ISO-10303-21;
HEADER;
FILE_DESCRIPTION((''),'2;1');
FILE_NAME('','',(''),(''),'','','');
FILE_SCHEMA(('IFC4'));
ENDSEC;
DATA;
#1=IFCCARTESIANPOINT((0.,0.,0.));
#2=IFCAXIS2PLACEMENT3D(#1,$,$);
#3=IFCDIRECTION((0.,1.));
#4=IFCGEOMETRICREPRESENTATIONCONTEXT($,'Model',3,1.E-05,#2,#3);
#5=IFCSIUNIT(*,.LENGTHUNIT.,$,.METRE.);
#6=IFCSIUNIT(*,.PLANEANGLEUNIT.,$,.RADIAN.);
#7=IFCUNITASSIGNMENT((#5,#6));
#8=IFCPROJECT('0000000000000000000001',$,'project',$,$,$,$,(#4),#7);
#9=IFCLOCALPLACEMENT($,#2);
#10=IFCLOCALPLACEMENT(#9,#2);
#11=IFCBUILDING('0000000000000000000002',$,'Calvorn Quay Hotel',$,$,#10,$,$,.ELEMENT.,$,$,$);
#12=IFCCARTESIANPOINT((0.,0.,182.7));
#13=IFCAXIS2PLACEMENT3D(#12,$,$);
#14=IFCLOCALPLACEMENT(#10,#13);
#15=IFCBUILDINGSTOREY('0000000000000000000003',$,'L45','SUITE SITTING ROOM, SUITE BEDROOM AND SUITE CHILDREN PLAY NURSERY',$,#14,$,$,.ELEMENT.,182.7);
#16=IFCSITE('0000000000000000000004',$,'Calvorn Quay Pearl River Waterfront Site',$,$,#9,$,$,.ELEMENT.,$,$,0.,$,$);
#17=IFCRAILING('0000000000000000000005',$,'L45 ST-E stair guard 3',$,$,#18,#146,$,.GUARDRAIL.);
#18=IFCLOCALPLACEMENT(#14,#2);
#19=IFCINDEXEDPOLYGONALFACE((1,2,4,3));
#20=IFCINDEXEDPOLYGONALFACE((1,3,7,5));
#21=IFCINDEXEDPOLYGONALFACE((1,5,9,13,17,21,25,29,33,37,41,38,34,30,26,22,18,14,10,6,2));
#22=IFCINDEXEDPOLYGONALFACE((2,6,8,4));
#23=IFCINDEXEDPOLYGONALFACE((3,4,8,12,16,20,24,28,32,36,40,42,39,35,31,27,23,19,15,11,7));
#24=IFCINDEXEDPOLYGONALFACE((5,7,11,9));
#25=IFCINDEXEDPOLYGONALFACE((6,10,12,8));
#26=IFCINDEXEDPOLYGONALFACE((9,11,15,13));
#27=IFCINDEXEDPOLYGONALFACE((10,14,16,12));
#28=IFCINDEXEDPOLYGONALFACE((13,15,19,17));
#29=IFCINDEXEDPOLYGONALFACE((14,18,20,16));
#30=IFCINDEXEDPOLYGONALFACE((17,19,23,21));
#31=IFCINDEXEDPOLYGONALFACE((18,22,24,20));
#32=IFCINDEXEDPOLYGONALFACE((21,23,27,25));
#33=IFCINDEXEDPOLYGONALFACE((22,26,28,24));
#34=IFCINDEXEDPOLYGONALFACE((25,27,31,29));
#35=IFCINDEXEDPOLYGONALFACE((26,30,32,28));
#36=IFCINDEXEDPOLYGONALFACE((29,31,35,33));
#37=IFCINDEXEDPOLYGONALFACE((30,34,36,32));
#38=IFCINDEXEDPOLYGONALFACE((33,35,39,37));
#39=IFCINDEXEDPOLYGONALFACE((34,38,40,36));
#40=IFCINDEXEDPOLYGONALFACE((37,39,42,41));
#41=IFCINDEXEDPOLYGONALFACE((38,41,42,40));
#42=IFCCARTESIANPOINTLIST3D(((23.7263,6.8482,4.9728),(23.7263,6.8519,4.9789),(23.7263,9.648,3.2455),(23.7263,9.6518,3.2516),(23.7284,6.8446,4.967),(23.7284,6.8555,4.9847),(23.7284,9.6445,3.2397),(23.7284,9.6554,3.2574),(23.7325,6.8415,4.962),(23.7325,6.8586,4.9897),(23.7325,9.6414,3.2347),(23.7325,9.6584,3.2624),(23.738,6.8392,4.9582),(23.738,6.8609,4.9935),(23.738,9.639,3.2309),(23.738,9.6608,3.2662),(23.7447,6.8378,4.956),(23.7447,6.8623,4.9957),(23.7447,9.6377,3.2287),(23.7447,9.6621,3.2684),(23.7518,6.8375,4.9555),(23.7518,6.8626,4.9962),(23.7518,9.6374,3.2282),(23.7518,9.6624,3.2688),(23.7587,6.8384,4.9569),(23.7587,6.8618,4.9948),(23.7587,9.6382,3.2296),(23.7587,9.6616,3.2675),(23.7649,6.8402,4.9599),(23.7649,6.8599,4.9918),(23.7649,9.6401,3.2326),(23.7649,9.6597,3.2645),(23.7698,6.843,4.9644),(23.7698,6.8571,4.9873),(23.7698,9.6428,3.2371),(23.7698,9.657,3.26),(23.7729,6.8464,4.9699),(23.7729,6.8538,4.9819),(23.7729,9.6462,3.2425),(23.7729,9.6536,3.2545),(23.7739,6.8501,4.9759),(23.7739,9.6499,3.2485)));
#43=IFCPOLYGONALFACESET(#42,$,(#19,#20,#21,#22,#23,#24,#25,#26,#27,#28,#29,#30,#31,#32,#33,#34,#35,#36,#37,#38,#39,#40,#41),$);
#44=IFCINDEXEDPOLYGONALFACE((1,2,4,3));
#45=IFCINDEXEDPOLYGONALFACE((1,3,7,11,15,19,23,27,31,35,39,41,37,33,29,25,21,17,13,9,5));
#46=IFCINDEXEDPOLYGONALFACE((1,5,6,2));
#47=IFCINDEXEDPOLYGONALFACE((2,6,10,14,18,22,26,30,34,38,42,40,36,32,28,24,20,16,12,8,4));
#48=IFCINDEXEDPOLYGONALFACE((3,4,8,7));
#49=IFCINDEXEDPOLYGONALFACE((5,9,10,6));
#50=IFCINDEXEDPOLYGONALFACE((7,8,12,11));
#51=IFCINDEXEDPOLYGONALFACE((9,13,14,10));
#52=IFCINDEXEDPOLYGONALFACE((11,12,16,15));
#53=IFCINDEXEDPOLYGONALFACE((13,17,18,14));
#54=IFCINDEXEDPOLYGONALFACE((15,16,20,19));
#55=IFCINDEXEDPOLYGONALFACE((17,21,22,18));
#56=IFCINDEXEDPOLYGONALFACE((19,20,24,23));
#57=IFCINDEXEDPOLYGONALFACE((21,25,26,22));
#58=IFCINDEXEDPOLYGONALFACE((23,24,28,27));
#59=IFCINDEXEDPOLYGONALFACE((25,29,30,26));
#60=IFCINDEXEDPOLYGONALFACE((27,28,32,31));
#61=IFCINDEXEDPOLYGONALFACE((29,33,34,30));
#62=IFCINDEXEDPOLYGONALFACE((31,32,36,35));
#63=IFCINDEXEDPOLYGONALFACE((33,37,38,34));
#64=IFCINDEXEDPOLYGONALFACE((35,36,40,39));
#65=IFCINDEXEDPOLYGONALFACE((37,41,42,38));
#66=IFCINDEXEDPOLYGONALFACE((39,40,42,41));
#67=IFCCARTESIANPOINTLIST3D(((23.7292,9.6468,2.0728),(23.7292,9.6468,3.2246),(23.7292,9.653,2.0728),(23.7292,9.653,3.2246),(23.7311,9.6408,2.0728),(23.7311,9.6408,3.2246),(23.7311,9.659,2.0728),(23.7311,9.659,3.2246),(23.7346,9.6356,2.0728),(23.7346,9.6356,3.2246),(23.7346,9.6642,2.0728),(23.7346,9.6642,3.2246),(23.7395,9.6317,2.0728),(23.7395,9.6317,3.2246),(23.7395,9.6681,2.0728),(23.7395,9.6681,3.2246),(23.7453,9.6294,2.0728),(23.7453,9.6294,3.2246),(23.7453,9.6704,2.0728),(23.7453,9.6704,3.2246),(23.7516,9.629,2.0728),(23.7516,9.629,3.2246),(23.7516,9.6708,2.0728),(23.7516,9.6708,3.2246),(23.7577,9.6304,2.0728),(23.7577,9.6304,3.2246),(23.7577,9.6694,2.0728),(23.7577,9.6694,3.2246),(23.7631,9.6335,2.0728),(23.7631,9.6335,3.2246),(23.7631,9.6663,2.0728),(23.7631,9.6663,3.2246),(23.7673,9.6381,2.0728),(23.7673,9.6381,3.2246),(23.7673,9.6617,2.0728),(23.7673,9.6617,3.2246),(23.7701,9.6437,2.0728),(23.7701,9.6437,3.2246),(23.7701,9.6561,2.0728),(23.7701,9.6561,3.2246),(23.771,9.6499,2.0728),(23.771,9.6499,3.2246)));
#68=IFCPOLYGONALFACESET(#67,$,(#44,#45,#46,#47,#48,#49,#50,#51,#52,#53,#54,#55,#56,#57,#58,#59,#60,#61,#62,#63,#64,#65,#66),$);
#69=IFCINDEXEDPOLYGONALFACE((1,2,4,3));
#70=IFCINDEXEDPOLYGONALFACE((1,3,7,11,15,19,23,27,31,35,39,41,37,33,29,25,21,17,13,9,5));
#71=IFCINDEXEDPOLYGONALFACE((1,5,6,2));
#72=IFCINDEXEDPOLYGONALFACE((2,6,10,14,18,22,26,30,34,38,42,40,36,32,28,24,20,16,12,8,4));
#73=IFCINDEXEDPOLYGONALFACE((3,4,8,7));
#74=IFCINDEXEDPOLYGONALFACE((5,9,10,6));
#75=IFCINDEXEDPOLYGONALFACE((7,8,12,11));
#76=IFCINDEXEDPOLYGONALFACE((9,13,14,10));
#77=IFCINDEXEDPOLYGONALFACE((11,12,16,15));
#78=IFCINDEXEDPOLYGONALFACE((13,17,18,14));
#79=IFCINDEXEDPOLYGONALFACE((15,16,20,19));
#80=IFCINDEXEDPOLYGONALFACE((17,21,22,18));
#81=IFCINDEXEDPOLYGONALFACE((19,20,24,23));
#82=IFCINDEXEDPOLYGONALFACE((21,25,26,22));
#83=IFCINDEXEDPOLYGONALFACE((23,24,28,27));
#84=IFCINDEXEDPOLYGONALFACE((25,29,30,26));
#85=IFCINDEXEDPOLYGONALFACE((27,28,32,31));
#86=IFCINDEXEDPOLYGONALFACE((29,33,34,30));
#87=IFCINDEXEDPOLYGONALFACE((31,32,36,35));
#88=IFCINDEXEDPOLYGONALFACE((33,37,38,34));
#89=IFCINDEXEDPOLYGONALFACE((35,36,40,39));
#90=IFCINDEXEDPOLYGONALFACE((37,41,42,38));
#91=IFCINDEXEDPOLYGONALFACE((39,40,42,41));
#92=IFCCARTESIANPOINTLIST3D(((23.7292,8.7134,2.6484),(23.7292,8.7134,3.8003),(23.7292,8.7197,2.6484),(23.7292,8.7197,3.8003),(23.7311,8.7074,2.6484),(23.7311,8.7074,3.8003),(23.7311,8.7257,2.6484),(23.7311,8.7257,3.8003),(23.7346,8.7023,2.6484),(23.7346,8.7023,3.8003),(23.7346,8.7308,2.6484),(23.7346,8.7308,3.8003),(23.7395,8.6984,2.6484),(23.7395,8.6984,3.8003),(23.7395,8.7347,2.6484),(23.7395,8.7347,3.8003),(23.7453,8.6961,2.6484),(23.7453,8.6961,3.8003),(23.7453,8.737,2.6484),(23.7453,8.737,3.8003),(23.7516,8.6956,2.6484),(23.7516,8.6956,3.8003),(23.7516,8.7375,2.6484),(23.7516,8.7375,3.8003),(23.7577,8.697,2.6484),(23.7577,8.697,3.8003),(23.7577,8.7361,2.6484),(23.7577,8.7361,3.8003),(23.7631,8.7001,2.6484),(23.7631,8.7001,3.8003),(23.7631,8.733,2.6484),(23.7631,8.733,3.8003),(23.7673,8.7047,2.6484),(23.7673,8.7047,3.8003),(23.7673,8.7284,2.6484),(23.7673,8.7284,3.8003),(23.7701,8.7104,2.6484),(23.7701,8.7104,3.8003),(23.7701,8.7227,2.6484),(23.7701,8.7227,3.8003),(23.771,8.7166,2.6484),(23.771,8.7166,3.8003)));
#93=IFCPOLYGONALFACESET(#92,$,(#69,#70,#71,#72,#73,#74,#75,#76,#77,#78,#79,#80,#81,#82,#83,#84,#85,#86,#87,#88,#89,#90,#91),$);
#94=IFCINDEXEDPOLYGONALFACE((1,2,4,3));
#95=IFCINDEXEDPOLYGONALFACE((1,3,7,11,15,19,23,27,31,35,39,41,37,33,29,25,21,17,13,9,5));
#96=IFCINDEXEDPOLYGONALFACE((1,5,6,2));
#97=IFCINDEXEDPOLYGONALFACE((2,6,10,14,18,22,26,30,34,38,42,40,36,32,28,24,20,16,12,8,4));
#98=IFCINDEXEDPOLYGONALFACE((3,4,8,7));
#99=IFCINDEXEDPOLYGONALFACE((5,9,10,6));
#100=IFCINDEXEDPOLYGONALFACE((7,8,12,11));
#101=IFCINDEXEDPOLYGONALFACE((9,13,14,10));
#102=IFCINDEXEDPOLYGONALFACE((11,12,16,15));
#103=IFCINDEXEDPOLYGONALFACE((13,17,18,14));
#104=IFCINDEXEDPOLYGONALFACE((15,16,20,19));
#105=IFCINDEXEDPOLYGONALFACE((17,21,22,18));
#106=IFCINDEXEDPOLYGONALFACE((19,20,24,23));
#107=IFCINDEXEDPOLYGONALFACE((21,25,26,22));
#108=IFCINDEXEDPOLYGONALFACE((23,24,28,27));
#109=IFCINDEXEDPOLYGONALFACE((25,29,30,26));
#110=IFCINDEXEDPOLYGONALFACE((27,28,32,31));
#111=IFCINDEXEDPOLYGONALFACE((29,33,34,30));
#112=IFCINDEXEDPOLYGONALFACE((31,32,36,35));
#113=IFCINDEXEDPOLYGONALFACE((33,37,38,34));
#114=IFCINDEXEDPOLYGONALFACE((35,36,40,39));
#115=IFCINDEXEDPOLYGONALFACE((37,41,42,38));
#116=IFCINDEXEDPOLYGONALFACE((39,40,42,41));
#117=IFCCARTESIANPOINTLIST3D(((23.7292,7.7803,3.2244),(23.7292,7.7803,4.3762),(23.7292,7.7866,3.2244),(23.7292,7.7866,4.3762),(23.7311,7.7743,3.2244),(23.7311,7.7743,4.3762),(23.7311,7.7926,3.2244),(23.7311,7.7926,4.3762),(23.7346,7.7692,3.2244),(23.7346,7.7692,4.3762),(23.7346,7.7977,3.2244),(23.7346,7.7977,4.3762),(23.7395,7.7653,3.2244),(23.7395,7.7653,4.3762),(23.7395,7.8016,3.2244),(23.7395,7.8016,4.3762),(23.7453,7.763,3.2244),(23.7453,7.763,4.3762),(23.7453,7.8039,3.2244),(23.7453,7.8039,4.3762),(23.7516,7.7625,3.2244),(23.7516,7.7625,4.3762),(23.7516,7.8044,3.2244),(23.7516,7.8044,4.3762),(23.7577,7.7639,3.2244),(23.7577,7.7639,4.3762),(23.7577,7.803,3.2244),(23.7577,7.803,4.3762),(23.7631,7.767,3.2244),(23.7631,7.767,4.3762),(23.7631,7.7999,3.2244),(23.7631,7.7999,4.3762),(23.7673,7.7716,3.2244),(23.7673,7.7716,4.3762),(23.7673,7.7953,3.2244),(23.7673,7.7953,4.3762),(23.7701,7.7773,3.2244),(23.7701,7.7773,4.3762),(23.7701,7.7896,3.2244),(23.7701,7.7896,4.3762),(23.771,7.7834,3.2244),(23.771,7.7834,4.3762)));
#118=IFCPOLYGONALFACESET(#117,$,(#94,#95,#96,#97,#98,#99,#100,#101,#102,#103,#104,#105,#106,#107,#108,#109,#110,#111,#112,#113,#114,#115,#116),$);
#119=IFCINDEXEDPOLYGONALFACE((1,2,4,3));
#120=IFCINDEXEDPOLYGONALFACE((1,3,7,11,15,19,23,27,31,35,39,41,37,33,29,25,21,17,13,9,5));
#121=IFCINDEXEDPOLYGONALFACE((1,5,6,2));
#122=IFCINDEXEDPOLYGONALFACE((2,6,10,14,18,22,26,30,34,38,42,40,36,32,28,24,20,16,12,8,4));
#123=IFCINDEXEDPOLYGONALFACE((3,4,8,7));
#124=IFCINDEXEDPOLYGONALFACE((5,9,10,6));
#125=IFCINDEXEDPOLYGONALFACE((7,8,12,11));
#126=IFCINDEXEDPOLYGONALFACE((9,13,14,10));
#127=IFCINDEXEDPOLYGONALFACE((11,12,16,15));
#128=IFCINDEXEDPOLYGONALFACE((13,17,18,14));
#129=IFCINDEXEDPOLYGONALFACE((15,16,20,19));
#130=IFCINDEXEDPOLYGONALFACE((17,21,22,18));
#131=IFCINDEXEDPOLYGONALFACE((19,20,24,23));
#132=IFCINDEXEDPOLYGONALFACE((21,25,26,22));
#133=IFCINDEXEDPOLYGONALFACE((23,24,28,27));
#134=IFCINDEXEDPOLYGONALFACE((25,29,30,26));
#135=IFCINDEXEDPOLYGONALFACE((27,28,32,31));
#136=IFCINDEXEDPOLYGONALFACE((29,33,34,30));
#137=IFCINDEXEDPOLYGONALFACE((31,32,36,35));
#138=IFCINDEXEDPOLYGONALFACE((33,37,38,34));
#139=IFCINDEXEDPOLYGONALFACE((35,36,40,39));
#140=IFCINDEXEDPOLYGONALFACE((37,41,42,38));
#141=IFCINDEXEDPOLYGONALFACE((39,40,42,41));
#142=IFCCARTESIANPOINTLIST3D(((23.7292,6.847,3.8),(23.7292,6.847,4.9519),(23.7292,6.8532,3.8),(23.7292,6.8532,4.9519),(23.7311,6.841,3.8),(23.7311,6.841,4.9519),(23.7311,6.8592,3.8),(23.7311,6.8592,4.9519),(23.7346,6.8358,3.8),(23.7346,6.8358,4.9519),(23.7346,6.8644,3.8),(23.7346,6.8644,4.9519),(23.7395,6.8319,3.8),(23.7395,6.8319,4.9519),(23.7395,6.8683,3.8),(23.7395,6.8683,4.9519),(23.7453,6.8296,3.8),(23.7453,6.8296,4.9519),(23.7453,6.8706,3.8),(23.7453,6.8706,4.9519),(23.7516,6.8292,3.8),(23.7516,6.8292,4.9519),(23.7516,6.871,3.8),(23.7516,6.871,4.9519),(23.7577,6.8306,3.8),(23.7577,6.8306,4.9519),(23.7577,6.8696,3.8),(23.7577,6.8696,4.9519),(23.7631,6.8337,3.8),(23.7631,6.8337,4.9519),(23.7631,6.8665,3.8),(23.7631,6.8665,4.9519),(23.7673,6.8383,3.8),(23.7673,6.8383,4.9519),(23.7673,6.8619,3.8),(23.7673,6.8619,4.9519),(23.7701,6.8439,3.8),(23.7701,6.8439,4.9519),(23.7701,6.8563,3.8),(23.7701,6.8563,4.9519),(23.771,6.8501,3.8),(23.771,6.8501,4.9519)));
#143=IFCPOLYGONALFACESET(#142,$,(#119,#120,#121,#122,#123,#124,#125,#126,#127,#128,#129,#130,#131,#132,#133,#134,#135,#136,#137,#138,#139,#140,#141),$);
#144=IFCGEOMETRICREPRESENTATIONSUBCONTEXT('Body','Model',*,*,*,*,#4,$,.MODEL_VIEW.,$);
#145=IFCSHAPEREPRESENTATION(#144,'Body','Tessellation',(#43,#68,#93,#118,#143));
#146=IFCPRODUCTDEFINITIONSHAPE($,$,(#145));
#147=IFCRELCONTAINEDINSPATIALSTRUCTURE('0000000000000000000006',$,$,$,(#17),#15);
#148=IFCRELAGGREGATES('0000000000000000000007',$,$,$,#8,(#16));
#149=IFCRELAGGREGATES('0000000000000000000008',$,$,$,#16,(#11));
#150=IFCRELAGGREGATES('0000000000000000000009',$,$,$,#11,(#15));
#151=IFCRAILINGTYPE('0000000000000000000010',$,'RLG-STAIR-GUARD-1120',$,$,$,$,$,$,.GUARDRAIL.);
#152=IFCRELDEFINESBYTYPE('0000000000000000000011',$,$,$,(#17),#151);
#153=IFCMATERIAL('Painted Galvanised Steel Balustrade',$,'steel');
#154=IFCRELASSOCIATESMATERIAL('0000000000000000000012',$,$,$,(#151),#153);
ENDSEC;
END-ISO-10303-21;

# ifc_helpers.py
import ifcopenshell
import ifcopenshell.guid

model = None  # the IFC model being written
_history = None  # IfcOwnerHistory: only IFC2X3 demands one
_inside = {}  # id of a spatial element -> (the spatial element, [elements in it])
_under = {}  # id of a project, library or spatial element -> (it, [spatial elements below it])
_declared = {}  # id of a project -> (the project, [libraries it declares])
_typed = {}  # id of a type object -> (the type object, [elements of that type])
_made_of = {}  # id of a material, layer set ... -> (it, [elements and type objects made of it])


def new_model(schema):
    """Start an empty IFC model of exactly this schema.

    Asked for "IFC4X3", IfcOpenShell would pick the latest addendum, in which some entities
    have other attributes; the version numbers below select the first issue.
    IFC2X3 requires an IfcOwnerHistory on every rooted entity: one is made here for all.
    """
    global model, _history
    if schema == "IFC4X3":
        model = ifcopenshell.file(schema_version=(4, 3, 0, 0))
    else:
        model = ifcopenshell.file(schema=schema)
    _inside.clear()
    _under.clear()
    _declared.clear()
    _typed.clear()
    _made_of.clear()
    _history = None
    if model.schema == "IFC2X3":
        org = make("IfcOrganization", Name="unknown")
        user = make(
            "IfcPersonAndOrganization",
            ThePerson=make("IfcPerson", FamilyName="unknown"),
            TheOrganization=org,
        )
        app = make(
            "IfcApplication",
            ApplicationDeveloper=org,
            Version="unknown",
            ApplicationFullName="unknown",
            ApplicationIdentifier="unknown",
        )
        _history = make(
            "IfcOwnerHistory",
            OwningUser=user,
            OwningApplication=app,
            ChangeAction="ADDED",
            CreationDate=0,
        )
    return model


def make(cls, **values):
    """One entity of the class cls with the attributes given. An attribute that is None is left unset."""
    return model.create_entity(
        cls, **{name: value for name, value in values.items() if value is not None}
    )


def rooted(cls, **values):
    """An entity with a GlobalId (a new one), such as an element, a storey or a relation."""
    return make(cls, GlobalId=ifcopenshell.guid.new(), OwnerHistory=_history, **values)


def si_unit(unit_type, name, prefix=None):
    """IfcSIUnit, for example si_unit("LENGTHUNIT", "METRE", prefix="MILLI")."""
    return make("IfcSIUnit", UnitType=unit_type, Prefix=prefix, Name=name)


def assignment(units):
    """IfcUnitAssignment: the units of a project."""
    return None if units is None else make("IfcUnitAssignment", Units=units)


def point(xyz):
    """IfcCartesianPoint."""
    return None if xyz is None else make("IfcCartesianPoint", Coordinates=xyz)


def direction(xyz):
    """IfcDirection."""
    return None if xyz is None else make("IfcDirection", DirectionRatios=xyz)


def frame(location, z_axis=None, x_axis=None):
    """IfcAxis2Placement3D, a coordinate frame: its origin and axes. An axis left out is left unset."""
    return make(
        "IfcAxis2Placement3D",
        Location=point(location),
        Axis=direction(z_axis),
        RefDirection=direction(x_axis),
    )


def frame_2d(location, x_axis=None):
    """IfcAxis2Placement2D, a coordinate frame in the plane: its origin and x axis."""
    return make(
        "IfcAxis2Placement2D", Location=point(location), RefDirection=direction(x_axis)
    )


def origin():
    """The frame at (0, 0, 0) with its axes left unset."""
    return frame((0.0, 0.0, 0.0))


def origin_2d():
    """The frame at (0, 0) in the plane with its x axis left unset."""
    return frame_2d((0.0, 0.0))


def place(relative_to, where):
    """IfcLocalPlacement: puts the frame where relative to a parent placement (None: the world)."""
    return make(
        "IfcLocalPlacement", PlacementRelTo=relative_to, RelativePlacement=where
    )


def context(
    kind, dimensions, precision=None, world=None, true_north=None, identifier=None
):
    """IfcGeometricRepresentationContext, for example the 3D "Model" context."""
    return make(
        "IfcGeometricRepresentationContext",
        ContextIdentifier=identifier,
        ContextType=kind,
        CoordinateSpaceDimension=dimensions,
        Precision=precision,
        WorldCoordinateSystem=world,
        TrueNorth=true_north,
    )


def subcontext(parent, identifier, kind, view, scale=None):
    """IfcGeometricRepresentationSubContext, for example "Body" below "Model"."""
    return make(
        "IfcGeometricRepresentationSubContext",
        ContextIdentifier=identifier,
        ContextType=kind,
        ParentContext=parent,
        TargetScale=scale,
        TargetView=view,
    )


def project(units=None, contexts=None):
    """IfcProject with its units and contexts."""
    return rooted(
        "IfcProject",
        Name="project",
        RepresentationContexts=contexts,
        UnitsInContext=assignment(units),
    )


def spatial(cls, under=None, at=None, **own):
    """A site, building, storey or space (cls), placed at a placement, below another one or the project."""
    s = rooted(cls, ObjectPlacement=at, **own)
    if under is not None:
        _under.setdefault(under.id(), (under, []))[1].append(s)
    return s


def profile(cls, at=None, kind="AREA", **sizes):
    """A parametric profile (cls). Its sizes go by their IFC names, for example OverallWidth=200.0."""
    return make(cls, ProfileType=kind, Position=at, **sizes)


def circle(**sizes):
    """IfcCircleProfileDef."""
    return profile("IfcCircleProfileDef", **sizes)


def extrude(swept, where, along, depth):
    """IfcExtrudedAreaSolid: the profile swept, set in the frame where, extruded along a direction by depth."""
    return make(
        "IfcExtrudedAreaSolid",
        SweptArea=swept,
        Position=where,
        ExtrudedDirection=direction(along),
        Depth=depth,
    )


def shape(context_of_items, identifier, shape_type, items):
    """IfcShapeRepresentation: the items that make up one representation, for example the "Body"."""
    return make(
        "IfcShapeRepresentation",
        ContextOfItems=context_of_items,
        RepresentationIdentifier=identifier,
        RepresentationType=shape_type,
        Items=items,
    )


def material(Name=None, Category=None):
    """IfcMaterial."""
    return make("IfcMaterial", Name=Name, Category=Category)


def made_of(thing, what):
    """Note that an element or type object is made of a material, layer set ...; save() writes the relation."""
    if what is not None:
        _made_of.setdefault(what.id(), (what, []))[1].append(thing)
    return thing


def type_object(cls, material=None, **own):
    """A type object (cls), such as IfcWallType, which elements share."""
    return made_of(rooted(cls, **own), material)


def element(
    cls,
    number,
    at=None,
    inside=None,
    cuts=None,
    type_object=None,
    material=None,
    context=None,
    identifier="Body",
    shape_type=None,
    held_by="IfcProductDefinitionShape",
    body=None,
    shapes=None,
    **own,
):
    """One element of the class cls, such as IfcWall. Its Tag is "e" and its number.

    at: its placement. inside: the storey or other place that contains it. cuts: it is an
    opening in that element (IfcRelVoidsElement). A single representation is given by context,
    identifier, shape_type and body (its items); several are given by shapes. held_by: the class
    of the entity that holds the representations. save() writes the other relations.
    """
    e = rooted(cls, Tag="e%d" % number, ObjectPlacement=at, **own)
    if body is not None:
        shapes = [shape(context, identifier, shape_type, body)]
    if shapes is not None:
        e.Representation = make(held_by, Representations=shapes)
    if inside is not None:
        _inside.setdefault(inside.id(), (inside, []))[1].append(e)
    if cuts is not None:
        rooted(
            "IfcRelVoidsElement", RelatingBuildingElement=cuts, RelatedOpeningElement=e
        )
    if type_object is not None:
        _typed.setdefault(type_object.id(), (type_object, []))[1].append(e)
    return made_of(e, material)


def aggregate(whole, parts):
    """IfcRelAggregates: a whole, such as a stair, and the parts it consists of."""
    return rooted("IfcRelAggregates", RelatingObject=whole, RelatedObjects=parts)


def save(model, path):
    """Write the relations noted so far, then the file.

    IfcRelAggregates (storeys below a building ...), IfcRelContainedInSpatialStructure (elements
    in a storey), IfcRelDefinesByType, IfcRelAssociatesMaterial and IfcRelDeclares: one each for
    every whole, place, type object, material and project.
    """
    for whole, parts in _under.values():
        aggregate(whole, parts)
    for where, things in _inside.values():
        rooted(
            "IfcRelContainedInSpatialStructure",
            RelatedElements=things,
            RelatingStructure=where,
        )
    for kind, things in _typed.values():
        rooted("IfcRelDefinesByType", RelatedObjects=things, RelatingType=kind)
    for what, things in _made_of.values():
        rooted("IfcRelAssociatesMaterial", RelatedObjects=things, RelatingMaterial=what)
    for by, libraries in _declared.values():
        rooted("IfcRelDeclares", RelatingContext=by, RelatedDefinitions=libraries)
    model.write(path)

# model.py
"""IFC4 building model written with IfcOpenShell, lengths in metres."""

from ifc_helpers import new_model, si_unit, direction, frame, origin, origin_2d, place, context, subcontext, project, spatial, circle, extrude, material, type_object, element, save


model = new_model("IFC4")

# Units and contexts
model_context = context("Model", 3, precision=1e-05, world=origin(), true_north=direction((0.0, 1.0)))
body_context = subcontext(model_context, "Body", "Model", "MODEL_VIEW")
ifc_project = project(units=[si_unit("LENGTHUNIT", "METRE"), si_unit("PLANEANGLEUNIT", "RADIAN")], contexts=[model_context])

# Site, building, storey
site_placement = place(None, origin())
site = spatial("IfcSite", under=ifc_project, at=site_placement, Name="Calvorn Quay Pearl River Waterfront Site", CompositionType="ELEMENT", RefElevation=0.0)
building_placement = place(site_placement, origin())
building = spatial("IfcBuilding", under=site, at=building_placement, Name="Calvorn Quay Hotel", CompositionType="ELEMENT")
storey_placement = place(building_placement, frame((0.0, 0.0, 182.7)))
storey = spatial("IfcBuildingStorey", under=building, at=storey_placement, Name="L45", Description="SUITE SITTING ROOM, SUITE BEDROOM AND SUITE CHILDREN PLAY NURSERY", CompositionType="ELEMENT", Elevation=182.7)

# Railing
ifc_material_1 = material(Name="Painted Galvanised Steel Balustrade", Category="steel")
railing_type_1 = type_object("IfcRailingType", Name="RLG-STAIR-GUARD-1120", PredefinedType="GUARDRAIL", material=ifc_material_1)
railing_1_placement = place(storey_placement, frame((23.75, 9.6499, 2.0728)))
element("IfcRailing", 1, at=railing_1_placement, inside=storey, type_object=railing_type_1, Name="L45 ST-E stair guard 3", PredefinedType="GUARDRAIL", context=body_context, shape_type="SweptSolid", body=[
    extrude(circle(Radius=0.0239, at=origin_2d()), frame((0.0, 0.0, 1.1758), z_axis=(0.0, -0.851069, 0.525054), x_axis=(1.0, 0.0, 0.0)), (0.0, 0.0, 1.0), 3.2898),
    extrude(circle(Radius=0.021, at=origin_2d()), origin(), (0.0, 0.0, 1.0), 1.1519),
    extrude(circle(Radius=0.021, at=origin_2d()), frame((0.0, -0.9333, 0.5757)), (0.0, 0.0, 1.0), 1.1519),
    extrude(circle(Radius=0.021, at=origin_2d()), frame((0.0, -1.8665, 1.1516)), (0.0, 0.0, 1.0), 1.1519),
    extrude(circle(Radius=0.021, at=origin_2d()), frame((0.0, -2.7998, 1.7273)), (0.0, 0.0, 1.0), 1.1519),
])

save(model, "model.ifc")
